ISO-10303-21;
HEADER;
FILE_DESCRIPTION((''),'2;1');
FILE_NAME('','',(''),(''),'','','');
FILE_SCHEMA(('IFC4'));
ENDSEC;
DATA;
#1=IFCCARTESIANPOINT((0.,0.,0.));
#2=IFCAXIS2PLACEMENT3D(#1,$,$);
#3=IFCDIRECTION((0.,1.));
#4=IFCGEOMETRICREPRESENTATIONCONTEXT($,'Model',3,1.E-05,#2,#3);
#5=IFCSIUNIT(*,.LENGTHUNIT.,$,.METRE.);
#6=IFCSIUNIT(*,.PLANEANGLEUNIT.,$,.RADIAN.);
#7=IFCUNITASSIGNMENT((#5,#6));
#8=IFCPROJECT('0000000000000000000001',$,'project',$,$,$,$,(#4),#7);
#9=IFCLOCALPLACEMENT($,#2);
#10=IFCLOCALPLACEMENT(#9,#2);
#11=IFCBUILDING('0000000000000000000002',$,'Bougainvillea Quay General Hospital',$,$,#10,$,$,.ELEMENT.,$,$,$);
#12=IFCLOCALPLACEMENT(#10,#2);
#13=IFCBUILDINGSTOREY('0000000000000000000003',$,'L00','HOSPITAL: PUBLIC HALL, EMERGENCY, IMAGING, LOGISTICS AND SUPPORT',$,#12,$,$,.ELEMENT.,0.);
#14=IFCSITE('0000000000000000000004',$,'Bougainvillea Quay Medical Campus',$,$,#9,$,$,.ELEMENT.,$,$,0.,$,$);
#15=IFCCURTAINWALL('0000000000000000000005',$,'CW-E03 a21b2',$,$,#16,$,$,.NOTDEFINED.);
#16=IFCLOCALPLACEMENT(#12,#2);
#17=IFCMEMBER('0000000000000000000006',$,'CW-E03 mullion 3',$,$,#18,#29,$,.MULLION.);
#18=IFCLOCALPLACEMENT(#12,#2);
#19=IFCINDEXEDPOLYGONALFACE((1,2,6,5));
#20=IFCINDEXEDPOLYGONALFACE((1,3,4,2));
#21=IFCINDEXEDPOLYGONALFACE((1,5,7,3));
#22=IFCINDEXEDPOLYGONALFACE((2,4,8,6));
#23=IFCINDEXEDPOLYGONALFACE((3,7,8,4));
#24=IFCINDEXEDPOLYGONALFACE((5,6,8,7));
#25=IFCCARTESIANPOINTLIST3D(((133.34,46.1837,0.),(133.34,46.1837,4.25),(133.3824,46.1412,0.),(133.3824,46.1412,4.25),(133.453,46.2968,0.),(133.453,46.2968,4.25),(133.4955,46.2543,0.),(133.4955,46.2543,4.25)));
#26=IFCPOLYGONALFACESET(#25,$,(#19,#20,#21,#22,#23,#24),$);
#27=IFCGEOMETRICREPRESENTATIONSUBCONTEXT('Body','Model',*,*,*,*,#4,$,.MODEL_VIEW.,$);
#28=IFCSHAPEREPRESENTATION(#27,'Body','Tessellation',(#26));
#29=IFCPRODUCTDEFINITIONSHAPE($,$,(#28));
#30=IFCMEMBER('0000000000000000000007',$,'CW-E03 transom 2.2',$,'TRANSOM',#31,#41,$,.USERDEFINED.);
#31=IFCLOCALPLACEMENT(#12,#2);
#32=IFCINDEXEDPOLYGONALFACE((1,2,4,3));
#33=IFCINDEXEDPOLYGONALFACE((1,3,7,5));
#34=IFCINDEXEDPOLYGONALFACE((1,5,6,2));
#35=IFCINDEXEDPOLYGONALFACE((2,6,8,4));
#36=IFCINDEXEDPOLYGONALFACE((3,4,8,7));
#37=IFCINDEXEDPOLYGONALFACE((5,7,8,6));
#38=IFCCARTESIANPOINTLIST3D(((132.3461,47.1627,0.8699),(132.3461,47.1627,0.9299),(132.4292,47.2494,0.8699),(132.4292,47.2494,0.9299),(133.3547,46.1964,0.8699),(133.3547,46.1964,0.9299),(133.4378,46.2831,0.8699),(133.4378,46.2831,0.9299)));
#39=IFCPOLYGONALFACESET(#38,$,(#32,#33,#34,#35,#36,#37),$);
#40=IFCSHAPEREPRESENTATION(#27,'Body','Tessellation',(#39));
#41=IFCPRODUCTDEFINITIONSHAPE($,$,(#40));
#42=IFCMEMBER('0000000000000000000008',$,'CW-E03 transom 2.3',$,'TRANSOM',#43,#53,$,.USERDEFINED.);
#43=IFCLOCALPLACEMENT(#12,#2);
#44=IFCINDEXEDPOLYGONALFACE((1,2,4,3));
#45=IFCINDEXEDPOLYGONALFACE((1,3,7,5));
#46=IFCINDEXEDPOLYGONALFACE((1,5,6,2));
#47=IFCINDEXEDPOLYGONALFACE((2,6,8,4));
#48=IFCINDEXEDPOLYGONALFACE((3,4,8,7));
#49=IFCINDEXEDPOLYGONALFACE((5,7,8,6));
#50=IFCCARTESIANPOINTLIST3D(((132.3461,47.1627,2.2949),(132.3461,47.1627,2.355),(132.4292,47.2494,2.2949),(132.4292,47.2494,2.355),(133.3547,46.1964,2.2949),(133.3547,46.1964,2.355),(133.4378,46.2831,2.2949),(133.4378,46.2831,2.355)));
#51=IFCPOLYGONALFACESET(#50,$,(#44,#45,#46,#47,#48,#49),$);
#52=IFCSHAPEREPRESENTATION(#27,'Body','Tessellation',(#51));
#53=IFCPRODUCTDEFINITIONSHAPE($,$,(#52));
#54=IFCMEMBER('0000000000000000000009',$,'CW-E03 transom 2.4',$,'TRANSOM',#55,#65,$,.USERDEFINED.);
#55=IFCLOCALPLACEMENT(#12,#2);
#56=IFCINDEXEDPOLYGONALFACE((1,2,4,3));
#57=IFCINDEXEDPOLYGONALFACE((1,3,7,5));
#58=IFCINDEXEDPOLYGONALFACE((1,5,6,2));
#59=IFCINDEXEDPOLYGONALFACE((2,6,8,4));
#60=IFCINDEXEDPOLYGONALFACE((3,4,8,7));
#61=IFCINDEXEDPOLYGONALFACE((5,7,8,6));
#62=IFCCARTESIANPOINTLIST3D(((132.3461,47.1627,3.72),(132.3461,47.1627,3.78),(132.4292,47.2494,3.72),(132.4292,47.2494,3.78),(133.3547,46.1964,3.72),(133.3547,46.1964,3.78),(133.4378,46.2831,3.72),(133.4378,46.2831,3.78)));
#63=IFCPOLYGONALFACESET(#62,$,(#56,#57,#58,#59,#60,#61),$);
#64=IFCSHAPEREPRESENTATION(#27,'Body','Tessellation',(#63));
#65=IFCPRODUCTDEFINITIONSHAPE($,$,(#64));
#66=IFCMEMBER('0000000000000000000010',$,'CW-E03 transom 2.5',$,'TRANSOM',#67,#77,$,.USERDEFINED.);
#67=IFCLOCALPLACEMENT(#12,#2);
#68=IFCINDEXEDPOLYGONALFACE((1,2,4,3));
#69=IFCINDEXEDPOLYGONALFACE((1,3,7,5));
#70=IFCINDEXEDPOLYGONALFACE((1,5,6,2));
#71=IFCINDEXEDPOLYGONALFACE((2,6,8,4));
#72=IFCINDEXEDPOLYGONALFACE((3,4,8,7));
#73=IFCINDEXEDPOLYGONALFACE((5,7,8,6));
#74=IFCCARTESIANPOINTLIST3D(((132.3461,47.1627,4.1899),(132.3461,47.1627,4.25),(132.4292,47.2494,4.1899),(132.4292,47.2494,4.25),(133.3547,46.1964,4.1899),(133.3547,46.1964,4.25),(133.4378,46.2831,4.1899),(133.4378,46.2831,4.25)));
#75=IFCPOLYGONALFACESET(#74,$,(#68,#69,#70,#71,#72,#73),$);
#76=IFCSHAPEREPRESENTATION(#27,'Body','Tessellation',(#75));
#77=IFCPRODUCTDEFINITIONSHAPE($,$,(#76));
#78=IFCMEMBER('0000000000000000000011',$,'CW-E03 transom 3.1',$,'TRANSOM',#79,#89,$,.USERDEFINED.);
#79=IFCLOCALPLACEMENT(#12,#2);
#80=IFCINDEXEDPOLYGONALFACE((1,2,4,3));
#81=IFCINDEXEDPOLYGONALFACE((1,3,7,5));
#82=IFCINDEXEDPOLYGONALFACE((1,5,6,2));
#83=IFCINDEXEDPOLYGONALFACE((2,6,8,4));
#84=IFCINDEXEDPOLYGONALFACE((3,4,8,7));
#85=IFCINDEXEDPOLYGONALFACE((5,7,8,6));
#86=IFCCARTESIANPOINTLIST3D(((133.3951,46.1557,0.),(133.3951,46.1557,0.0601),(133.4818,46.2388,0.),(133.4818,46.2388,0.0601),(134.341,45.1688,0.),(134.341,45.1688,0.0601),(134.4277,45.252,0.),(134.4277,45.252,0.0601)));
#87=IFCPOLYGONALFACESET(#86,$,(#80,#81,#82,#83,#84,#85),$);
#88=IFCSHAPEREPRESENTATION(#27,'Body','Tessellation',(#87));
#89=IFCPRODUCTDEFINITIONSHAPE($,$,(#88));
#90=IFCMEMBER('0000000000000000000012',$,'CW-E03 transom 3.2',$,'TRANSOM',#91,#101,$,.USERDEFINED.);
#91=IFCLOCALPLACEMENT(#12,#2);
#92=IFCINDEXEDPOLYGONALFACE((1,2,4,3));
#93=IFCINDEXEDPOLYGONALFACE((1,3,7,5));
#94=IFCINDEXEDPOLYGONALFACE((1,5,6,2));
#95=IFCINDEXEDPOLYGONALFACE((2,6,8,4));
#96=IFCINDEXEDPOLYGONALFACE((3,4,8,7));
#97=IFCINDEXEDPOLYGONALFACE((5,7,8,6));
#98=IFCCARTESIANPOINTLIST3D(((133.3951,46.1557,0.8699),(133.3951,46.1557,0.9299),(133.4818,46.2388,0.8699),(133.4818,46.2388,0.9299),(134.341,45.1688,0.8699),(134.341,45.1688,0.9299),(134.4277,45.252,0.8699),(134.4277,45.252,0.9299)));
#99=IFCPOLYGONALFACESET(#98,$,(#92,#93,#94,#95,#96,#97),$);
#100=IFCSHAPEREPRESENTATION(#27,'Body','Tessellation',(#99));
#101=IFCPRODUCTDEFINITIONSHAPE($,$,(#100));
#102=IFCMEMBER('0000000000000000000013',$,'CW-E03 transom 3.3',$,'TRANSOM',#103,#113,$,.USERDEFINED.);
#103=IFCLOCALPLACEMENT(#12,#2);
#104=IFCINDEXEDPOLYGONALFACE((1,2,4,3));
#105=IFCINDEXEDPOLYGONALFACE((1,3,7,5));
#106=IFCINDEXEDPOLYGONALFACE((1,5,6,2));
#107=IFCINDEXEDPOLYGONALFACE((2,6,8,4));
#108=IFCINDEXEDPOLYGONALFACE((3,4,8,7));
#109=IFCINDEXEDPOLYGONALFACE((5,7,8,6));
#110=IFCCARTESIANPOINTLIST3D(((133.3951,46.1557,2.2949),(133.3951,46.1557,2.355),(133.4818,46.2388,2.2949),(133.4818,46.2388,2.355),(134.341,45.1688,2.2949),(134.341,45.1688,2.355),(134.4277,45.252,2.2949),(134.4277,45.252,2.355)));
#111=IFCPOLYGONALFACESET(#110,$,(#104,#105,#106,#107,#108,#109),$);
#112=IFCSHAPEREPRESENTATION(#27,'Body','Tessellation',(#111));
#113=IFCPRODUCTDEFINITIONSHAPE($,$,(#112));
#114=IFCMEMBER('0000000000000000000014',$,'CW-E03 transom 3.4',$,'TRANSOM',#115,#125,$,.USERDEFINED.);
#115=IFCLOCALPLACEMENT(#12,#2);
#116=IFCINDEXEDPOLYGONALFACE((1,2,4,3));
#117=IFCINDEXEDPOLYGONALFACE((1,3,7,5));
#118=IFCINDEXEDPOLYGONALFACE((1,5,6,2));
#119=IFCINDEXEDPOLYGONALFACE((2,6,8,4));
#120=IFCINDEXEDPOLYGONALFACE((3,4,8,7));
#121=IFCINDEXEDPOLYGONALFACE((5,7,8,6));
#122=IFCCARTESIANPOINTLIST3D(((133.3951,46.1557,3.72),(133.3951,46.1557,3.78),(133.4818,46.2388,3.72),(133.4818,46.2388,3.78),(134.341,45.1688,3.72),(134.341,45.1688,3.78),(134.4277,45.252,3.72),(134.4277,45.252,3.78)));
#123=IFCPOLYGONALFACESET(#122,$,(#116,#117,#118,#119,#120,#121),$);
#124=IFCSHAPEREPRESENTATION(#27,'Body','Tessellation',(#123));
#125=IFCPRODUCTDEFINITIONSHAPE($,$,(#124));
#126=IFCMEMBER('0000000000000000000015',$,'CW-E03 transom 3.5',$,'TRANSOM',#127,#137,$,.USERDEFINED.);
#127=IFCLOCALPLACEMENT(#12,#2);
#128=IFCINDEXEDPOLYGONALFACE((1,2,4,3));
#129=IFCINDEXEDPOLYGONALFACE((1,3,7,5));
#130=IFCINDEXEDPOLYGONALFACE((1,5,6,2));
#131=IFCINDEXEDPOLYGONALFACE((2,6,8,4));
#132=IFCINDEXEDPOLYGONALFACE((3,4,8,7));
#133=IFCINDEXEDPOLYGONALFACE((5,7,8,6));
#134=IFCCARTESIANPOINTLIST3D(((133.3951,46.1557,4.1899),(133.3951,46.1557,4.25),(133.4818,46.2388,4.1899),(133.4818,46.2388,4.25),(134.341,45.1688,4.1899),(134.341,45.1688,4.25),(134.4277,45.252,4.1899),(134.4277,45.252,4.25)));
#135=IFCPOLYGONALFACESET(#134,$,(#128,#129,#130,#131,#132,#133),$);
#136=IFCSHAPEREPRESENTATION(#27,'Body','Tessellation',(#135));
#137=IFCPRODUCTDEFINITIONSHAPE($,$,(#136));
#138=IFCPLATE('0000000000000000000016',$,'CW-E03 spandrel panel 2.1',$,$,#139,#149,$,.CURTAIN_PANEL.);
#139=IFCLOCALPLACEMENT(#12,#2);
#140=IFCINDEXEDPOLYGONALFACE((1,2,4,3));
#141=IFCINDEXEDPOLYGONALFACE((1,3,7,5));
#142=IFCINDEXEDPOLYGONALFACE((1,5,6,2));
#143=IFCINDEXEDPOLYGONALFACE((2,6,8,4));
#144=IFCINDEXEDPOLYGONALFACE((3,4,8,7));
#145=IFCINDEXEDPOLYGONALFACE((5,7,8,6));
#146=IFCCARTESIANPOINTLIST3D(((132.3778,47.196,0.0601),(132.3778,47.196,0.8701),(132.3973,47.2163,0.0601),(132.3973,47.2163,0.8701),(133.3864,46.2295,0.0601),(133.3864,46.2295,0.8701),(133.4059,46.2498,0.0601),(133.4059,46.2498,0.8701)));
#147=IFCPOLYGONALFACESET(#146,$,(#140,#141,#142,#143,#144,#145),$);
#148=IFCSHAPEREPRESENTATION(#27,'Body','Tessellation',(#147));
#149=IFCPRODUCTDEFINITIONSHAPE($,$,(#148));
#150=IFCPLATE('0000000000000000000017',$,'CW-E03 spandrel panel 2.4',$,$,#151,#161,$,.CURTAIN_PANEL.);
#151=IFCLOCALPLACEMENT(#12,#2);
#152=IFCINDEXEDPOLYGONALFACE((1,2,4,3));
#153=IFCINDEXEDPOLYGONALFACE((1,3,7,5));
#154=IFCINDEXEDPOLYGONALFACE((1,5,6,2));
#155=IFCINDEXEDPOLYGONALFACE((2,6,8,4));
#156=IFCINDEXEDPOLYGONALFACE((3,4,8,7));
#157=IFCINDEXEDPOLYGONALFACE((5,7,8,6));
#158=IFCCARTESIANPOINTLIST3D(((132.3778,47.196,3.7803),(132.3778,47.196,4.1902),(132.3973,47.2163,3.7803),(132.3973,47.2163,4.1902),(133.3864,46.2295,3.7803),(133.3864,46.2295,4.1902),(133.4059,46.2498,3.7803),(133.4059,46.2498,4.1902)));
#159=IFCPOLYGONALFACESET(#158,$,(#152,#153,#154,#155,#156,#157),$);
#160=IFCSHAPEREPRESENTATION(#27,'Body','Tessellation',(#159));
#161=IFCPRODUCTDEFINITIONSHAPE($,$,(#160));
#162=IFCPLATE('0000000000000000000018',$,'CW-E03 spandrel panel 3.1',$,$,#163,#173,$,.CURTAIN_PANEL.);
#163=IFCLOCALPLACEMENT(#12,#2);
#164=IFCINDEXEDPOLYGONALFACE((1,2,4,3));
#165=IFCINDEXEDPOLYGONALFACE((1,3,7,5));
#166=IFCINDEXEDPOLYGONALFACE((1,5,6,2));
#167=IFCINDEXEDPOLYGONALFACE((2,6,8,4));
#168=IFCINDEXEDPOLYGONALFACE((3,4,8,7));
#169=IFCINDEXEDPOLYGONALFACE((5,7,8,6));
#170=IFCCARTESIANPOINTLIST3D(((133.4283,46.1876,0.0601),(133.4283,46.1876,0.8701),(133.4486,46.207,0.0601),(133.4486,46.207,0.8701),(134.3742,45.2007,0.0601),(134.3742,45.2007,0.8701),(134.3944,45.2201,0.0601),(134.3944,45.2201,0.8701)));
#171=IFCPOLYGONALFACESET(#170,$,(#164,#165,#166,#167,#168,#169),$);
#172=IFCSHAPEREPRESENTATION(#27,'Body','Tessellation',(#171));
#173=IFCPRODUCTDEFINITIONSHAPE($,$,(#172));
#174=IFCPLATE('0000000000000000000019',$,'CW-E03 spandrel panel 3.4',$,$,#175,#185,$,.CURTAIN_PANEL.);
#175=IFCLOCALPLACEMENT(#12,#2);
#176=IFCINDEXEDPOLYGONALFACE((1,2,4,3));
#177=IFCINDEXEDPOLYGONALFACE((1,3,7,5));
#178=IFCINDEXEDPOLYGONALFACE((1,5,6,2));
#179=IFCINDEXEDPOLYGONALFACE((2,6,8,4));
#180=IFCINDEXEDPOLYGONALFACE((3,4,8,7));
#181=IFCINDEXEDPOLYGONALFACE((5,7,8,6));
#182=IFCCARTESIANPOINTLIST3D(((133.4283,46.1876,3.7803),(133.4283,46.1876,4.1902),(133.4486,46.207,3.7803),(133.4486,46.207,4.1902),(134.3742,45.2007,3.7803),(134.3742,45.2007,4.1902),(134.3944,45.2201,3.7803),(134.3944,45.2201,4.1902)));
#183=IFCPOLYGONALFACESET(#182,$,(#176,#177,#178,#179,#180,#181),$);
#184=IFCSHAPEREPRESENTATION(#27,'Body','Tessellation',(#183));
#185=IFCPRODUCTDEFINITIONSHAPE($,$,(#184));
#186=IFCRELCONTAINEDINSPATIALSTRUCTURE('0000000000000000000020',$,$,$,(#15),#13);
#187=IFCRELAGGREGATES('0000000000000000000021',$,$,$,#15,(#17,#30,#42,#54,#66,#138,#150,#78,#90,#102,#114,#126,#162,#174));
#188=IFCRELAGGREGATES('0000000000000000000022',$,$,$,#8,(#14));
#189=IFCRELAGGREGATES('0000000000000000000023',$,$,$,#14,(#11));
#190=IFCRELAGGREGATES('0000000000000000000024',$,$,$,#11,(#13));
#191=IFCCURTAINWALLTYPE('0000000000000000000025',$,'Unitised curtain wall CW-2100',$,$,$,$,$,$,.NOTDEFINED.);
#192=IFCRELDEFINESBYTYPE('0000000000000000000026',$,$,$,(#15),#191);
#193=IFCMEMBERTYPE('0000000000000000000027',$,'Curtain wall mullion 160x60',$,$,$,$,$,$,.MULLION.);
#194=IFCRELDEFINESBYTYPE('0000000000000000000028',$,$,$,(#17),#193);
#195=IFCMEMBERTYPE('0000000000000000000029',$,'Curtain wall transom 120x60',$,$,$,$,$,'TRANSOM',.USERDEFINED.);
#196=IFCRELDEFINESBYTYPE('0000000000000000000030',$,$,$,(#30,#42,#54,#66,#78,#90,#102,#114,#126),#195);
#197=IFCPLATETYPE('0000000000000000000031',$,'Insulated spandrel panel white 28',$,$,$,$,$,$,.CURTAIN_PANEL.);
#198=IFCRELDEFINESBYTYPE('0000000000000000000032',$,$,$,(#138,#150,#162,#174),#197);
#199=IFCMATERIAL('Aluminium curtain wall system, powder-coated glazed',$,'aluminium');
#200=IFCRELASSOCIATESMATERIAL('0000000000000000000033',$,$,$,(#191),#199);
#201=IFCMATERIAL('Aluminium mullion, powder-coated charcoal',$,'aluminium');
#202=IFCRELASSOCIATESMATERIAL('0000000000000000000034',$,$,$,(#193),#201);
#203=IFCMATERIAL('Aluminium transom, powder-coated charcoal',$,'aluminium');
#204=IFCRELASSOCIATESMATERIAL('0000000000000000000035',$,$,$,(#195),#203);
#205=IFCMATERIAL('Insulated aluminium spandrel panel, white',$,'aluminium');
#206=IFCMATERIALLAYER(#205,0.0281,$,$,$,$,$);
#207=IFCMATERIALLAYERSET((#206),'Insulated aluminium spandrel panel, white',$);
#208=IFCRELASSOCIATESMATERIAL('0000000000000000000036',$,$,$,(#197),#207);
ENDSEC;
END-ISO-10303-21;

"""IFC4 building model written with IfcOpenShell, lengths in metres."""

from ifc_helpers import new_model, si_unit, direction, frame, origin, origin_2d, place, context, subcontext, project, spatial, rectangle, extrude, material, layer, layer_set, material_profile, profile_set, type_object, element, aggregate, save


model = new_model("IFC4")

# Units and contexts
model_context = context("Model", 3, precision=1e-05, world=origin(), true_north=direction((0.0, 1.0)))
body_context = subcontext(model_context, "Body", "Model", "MODEL_VIEW")
ifc_project = project(units=[si_unit("LENGTHUNIT", "METRE"), si_unit("PLANEANGLEUNIT", "RADIAN")], contexts=[model_context])

# Site, building, storey
site_placement = place(None, origin())
site = spatial("IfcSite", under=ifc_project, at=site_placement, Name="Bougainvillea Quay Medical Campus", CompositionType="ELEMENT", RefElevation=0.0)
building_placement = place(site_placement, origin())
building = spatial("IfcBuilding", under=site, at=building_placement, Name="Bougainvillea Quay General Hospital", CompositionType="ELEMENT")
storey_placement = place(building_placement, origin())
storey = spatial("IfcBuildingStorey", under=building, at=storey_placement, Name="L00", Description="HOSPITAL: PUBLIC HALL, EMERGENCY, IMAGING, LOGISTICS AND SUPPORT", CompositionType="ELEMENT", Elevation=0.0)

# Curtain wall, members, plates
ifc_material_1 = material(Name="Aluminium curtain wall system, powder-coated glazed", Category="aluminium")
curtain_wall_type = type_object("IfcCurtainWallType", Name="Unitised curtain wall CW-2100", PredefinedType="NOTDEFINED", material=ifc_material_1)
curtain_wall_placement = place(storey_placement, origin())
curtain_wall = element("IfcCurtainWall", 1, at=curtain_wall_placement, inside=storey, type_object=curtain_wall_type, Name="CW-E03 a21b2", PredefinedType="NOTDEFINED")
ifc_material_2 = material(Name="Aluminium mullion, powder-coated charcoal", Category="aluminium")
ifc_material_profile_1 = material_profile(ifc_material_2, rectangle(XDim=0.1599, YDim=0.0601, at=origin_2d()))
ifc_profile_set_1 = profile_set([ifc_material_profile_1], Name="Aluminium mullion, powder-coated charcoal")
member_type_1 = type_object("IfcMemberType", Name="Curtain wall mullion 160x60", PredefinedType="MULLION", material=ifc_profile_set_1)
member_1_placement = place(storey_placement, frame((133.4177, 46.219, 0.0), z_axis=(0.0, 0.0, 1.0), x_axis=(0.70709, 0.707123, 0.0)))
member_1 = element("IfcMember", 2, at=member_1_placement, type_object=member_type_1, Name="CW-E03 mullion 3", PredefinedType="MULLION", context=body_context, shape_type="SweptSolid", body=[
    extrude(rectangle(XDim=0.1599, YDim=0.0601, at=origin_2d()), origin(), (0.0, 0.0, 1.0), 4.25),
])
ifc_material_3 = material(Name="Aluminium transom, powder-coated charcoal", Category="aluminium")
ifc_material_profile_2 = material_profile(ifc_material_3, rectangle(XDim=0.1201, YDim=0.0601, at=origin_2d()))
ifc_profile_set_2 = profile_set([ifc_material_profile_2], Name="Aluminium transom, powder-coated charcoal")
member_type_2 = type_object("IfcMemberType", Name="Curtain wall transom 120x60", ElementType="TRANSOM", PredefinedType="USERDEFINED", material=ifc_profile_set_2)
member_2_placement = place(storey_placement, frame((132.3877, 47.2061, 0.8999), z_axis=(0.722065, -0.691826, 0.0), x_axis=(0.691826, 0.722065, 0.0)))
member_2 = element("IfcMember", 3, at=member_2_placement, type_object=member_type_2, Name="CW-E03 transom 2.2", ObjectType="TRANSOM", PredefinedType="USERDEFINED", context=body_context, shape_type="SweptSolid", body=[
    extrude(rectangle(XDim=0.1201, YDim=0.0601, at=origin_2d()), origin(), (0.0, 0.0, 1.0), 1.3967),
])
member_3_placement = place(storey_placement, frame((132.3877, 47.2061, 2.325), z_axis=(0.722065, -0.691826, 0.0), x_axis=(0.691826, 0.722065, 0.0)))
member_3 = element("IfcMember", 4, at=member_3_placement, type_object=member_type_2, Name="CW-E03 transom 2.3", ObjectType="TRANSOM", PredefinedType="USERDEFINED", context=body_context, shape_type="SweptSolid", body=[
    extrude(rectangle(XDim=0.1201, YDim=0.0601, at=origin_2d()), origin(), (0.0, 0.0, 1.0), 1.3967),
])
member_4_placement = place(storey_placement, frame((132.3877, 47.2061, 3.75), z_axis=(0.722065, -0.691826, 0.0), x_axis=(0.691826, 0.722065, 0.0)))
member_4 = element("IfcMember", 5, at=member_4_placement, type_object=member_type_2, Name="CW-E03 transom 2.4", ObjectType="TRANSOM", PredefinedType="USERDEFINED", context=body_context, shape_type="SweptSolid", body=[
    extrude(rectangle(XDim=0.1201, YDim=0.0601, at=origin_2d()), origin(), (0.0, 0.0, 1.0), 1.3967),
])
member_5_placement = place(storey_placement, frame((132.3877, 47.2061, 4.22), z_axis=(0.722065, -0.691826, 0.0), x_axis=(0.691826, 0.722065, 0.0)))
member_5 = element("IfcMember", 6, at=member_5_placement, type_object=member_type_2, Name="CW-E03 transom 2.5", ObjectType="TRANSOM", PredefinedType="USERDEFINED", context=body_context, shape_type="SweptSolid", body=[
    extrude(rectangle(XDim=0.1201, YDim=0.0601, at=origin_2d()), origin(), (0.0, 0.0, 1.0), 1.3967),
])
member_6_placement = place(storey_placement, frame((133.4385, 46.1973, 0.03), z_axis=(0.691944, -0.721951, 0.0), x_axis=(0.721951, 0.691944, 0.0)))
member_6 = element("IfcMember", 7, at=member_6_placement, type_object=member_type_2, Name="CW-E03 transom 3.1", ObjectType="TRANSOM", PredefinedType="USERDEFINED", context=body_context, shape_type="SweptSolid", body=[
    extrude(rectangle(XDim=0.1201, YDim=0.0601, at=origin_2d()), origin(), (0.0, 0.0, 1.0), 1.3669),
])
member_7_placement = place(storey_placement, frame((133.4385, 46.1973, 0.8999), z_axis=(0.691944, -0.721951, 0.0), x_axis=(0.721951, 0.691944, 0.0)))
member_7 = element("IfcMember", 8, at=member_7_placement, type_object=member_type_2, Name="CW-E03 transom 3.2", ObjectType="TRANSOM", PredefinedType="USERDEFINED", context=body_context, shape_type="SweptSolid", body=[
    extrude(rectangle(XDim=0.1201, YDim=0.0601, at=origin_2d()), origin(), (0.0, 0.0, 1.0), 1.3669),
])
member_8_placement = place(storey_placement, frame((133.4385, 46.1973, 2.325), z_axis=(0.691944, -0.721951, 0.0), x_axis=(0.721951, 0.691944, 0.0)))
member_8 = element("IfcMember", 9, at=member_8_placement, type_object=member_type_2, Name="CW-E03 transom 3.3", ObjectType="TRANSOM", PredefinedType="USERDEFINED", context=body_context, shape_type="SweptSolid", body=[
    extrude(rectangle(XDim=0.1201, YDim=0.0601, at=origin_2d()), origin(), (0.0, 0.0, 1.0), 1.3669),
])
member_9_placement = place(storey_placement, frame((133.4385, 46.1973, 3.75), z_axis=(0.691944, -0.721951, 0.0), x_axis=(0.721951, 0.691944, 0.0)))
member_9 = element("IfcMember", 10, at=member_9_placement, type_object=member_type_2, Name="CW-E03 transom 3.4", ObjectType="TRANSOM", PredefinedType="USERDEFINED", context=body_context, shape_type="SweptSolid", body=[
    extrude(rectangle(XDim=0.1201, YDim=0.0601, at=origin_2d()), origin(), (0.0, 0.0, 1.0), 1.3669),
])
member_10_placement = place(storey_placement, frame((133.4385, 46.1973, 4.22), z_axis=(0.691944, -0.721951, 0.0), x_axis=(0.721951, 0.691944, 0.0)))
member_10 = element("IfcMember", 11, at=member_10_placement, type_object=member_type_2, Name="CW-E03 transom 3.5", ObjectType="TRANSOM", PredefinedType="USERDEFINED", context=body_context, shape_type="SweptSolid", body=[
    extrude(rectangle(XDim=0.1201, YDim=0.0601, at=origin_2d()), origin(), (0.0, 0.0, 1.0), 1.3669),
])
ifc_material_4 = material(Name="Insulated aluminium spandrel panel, white", Category="aluminium")
ifc_layer_1 = layer(ifc_material_4, 0.0281)
ifc_layer_set_1 = layer_set([ifc_layer_1], Name="Insulated aluminium spandrel panel, white")
plate_type_1 = type_object("IfcPlateType", Name="Insulated spandrel panel white 28", PredefinedType="CURTAIN_PANEL", material=ifc_layer_set_1)
plate_1_placement = place(storey_placement, frame((132.8918, 46.7229, 0.0601), z_axis=(0.0, 0.0, 1.0), x_axis=(0.722002, -0.691891, 0.0)))
plate_1 = element("IfcPlate", 12, at=plate_1_placement, type_object=plate_type_1, Name="CW-E03 spandrel panel 2.1", PredefinedType="CURTAIN_PANEL", context=body_context, shape_type="SweptSolid", body=[
    extrude(rectangle(XDim=1.397, YDim=0.0281, at=origin_2d()), origin(), (0.0, 0.0, 1.0), 0.8101),
])
plate_2_placement = place(storey_placement, frame((132.8918, 46.7229, 3.7803), z_axis=(0.0, 0.0, 1.0), x_axis=(0.722002, -0.691891, 0.0)))
plate_2 = element("IfcPlate", 13, at=plate_2_placement, type_object=plate_type_1, Name="CW-E03 spandrel panel 2.4", PredefinedType="CURTAIN_PANEL", context=body_context, shape_type="SweptSolid", body=[
    extrude(rectangle(XDim=1.397, YDim=0.0281, at=origin_2d()), origin(), (0.0, 0.0, 1.0), 0.4099),
])
plate_3_placement = place(storey_placement, frame((133.9114, 45.7039, 0.0601), z_axis=(0.0, 0.0, 1.0), x_axis=(0.691925, -0.72197, 0.0)))
plate_3 = element("IfcPlate", 14, at=plate_3_placement, type_object=plate_type_1, Name="CW-E03 spandrel panel 3.1", PredefinedType="CURTAIN_PANEL", context=body_context, shape_type="SweptSolid", body=[
    extrude(rectangle(XDim=1.3669, YDim=0.0281, at=origin_2d()), origin(), (0.0, 0.0, 1.0), 0.8101),
])
plate_4_placement = place(storey_placement, frame((133.9114, 45.7039, 3.7803), z_axis=(0.0, 0.0, 1.0), x_axis=(0.691925, -0.72197, 0.0)))
plate_4 = element("IfcPlate", 15, at=plate_4_placement, type_object=plate_type_1, Name="CW-E03 spandrel panel 3.4", PredefinedType="CURTAIN_PANEL", context=body_context, shape_type="SweptSolid", body=[
    extrude(rectangle(XDim=1.3669, YDim=0.0281, at=origin_2d()), origin(), (0.0, 0.0, 1.0), 0.4099),
])
aggregate(curtain_wall, [member_1, member_2, member_3, member_4, member_5, plate_1, plate_2, member_6, member_7, member_8, member_9, member_10, plate_3, plate_4])

save(model, "model.ifc")
